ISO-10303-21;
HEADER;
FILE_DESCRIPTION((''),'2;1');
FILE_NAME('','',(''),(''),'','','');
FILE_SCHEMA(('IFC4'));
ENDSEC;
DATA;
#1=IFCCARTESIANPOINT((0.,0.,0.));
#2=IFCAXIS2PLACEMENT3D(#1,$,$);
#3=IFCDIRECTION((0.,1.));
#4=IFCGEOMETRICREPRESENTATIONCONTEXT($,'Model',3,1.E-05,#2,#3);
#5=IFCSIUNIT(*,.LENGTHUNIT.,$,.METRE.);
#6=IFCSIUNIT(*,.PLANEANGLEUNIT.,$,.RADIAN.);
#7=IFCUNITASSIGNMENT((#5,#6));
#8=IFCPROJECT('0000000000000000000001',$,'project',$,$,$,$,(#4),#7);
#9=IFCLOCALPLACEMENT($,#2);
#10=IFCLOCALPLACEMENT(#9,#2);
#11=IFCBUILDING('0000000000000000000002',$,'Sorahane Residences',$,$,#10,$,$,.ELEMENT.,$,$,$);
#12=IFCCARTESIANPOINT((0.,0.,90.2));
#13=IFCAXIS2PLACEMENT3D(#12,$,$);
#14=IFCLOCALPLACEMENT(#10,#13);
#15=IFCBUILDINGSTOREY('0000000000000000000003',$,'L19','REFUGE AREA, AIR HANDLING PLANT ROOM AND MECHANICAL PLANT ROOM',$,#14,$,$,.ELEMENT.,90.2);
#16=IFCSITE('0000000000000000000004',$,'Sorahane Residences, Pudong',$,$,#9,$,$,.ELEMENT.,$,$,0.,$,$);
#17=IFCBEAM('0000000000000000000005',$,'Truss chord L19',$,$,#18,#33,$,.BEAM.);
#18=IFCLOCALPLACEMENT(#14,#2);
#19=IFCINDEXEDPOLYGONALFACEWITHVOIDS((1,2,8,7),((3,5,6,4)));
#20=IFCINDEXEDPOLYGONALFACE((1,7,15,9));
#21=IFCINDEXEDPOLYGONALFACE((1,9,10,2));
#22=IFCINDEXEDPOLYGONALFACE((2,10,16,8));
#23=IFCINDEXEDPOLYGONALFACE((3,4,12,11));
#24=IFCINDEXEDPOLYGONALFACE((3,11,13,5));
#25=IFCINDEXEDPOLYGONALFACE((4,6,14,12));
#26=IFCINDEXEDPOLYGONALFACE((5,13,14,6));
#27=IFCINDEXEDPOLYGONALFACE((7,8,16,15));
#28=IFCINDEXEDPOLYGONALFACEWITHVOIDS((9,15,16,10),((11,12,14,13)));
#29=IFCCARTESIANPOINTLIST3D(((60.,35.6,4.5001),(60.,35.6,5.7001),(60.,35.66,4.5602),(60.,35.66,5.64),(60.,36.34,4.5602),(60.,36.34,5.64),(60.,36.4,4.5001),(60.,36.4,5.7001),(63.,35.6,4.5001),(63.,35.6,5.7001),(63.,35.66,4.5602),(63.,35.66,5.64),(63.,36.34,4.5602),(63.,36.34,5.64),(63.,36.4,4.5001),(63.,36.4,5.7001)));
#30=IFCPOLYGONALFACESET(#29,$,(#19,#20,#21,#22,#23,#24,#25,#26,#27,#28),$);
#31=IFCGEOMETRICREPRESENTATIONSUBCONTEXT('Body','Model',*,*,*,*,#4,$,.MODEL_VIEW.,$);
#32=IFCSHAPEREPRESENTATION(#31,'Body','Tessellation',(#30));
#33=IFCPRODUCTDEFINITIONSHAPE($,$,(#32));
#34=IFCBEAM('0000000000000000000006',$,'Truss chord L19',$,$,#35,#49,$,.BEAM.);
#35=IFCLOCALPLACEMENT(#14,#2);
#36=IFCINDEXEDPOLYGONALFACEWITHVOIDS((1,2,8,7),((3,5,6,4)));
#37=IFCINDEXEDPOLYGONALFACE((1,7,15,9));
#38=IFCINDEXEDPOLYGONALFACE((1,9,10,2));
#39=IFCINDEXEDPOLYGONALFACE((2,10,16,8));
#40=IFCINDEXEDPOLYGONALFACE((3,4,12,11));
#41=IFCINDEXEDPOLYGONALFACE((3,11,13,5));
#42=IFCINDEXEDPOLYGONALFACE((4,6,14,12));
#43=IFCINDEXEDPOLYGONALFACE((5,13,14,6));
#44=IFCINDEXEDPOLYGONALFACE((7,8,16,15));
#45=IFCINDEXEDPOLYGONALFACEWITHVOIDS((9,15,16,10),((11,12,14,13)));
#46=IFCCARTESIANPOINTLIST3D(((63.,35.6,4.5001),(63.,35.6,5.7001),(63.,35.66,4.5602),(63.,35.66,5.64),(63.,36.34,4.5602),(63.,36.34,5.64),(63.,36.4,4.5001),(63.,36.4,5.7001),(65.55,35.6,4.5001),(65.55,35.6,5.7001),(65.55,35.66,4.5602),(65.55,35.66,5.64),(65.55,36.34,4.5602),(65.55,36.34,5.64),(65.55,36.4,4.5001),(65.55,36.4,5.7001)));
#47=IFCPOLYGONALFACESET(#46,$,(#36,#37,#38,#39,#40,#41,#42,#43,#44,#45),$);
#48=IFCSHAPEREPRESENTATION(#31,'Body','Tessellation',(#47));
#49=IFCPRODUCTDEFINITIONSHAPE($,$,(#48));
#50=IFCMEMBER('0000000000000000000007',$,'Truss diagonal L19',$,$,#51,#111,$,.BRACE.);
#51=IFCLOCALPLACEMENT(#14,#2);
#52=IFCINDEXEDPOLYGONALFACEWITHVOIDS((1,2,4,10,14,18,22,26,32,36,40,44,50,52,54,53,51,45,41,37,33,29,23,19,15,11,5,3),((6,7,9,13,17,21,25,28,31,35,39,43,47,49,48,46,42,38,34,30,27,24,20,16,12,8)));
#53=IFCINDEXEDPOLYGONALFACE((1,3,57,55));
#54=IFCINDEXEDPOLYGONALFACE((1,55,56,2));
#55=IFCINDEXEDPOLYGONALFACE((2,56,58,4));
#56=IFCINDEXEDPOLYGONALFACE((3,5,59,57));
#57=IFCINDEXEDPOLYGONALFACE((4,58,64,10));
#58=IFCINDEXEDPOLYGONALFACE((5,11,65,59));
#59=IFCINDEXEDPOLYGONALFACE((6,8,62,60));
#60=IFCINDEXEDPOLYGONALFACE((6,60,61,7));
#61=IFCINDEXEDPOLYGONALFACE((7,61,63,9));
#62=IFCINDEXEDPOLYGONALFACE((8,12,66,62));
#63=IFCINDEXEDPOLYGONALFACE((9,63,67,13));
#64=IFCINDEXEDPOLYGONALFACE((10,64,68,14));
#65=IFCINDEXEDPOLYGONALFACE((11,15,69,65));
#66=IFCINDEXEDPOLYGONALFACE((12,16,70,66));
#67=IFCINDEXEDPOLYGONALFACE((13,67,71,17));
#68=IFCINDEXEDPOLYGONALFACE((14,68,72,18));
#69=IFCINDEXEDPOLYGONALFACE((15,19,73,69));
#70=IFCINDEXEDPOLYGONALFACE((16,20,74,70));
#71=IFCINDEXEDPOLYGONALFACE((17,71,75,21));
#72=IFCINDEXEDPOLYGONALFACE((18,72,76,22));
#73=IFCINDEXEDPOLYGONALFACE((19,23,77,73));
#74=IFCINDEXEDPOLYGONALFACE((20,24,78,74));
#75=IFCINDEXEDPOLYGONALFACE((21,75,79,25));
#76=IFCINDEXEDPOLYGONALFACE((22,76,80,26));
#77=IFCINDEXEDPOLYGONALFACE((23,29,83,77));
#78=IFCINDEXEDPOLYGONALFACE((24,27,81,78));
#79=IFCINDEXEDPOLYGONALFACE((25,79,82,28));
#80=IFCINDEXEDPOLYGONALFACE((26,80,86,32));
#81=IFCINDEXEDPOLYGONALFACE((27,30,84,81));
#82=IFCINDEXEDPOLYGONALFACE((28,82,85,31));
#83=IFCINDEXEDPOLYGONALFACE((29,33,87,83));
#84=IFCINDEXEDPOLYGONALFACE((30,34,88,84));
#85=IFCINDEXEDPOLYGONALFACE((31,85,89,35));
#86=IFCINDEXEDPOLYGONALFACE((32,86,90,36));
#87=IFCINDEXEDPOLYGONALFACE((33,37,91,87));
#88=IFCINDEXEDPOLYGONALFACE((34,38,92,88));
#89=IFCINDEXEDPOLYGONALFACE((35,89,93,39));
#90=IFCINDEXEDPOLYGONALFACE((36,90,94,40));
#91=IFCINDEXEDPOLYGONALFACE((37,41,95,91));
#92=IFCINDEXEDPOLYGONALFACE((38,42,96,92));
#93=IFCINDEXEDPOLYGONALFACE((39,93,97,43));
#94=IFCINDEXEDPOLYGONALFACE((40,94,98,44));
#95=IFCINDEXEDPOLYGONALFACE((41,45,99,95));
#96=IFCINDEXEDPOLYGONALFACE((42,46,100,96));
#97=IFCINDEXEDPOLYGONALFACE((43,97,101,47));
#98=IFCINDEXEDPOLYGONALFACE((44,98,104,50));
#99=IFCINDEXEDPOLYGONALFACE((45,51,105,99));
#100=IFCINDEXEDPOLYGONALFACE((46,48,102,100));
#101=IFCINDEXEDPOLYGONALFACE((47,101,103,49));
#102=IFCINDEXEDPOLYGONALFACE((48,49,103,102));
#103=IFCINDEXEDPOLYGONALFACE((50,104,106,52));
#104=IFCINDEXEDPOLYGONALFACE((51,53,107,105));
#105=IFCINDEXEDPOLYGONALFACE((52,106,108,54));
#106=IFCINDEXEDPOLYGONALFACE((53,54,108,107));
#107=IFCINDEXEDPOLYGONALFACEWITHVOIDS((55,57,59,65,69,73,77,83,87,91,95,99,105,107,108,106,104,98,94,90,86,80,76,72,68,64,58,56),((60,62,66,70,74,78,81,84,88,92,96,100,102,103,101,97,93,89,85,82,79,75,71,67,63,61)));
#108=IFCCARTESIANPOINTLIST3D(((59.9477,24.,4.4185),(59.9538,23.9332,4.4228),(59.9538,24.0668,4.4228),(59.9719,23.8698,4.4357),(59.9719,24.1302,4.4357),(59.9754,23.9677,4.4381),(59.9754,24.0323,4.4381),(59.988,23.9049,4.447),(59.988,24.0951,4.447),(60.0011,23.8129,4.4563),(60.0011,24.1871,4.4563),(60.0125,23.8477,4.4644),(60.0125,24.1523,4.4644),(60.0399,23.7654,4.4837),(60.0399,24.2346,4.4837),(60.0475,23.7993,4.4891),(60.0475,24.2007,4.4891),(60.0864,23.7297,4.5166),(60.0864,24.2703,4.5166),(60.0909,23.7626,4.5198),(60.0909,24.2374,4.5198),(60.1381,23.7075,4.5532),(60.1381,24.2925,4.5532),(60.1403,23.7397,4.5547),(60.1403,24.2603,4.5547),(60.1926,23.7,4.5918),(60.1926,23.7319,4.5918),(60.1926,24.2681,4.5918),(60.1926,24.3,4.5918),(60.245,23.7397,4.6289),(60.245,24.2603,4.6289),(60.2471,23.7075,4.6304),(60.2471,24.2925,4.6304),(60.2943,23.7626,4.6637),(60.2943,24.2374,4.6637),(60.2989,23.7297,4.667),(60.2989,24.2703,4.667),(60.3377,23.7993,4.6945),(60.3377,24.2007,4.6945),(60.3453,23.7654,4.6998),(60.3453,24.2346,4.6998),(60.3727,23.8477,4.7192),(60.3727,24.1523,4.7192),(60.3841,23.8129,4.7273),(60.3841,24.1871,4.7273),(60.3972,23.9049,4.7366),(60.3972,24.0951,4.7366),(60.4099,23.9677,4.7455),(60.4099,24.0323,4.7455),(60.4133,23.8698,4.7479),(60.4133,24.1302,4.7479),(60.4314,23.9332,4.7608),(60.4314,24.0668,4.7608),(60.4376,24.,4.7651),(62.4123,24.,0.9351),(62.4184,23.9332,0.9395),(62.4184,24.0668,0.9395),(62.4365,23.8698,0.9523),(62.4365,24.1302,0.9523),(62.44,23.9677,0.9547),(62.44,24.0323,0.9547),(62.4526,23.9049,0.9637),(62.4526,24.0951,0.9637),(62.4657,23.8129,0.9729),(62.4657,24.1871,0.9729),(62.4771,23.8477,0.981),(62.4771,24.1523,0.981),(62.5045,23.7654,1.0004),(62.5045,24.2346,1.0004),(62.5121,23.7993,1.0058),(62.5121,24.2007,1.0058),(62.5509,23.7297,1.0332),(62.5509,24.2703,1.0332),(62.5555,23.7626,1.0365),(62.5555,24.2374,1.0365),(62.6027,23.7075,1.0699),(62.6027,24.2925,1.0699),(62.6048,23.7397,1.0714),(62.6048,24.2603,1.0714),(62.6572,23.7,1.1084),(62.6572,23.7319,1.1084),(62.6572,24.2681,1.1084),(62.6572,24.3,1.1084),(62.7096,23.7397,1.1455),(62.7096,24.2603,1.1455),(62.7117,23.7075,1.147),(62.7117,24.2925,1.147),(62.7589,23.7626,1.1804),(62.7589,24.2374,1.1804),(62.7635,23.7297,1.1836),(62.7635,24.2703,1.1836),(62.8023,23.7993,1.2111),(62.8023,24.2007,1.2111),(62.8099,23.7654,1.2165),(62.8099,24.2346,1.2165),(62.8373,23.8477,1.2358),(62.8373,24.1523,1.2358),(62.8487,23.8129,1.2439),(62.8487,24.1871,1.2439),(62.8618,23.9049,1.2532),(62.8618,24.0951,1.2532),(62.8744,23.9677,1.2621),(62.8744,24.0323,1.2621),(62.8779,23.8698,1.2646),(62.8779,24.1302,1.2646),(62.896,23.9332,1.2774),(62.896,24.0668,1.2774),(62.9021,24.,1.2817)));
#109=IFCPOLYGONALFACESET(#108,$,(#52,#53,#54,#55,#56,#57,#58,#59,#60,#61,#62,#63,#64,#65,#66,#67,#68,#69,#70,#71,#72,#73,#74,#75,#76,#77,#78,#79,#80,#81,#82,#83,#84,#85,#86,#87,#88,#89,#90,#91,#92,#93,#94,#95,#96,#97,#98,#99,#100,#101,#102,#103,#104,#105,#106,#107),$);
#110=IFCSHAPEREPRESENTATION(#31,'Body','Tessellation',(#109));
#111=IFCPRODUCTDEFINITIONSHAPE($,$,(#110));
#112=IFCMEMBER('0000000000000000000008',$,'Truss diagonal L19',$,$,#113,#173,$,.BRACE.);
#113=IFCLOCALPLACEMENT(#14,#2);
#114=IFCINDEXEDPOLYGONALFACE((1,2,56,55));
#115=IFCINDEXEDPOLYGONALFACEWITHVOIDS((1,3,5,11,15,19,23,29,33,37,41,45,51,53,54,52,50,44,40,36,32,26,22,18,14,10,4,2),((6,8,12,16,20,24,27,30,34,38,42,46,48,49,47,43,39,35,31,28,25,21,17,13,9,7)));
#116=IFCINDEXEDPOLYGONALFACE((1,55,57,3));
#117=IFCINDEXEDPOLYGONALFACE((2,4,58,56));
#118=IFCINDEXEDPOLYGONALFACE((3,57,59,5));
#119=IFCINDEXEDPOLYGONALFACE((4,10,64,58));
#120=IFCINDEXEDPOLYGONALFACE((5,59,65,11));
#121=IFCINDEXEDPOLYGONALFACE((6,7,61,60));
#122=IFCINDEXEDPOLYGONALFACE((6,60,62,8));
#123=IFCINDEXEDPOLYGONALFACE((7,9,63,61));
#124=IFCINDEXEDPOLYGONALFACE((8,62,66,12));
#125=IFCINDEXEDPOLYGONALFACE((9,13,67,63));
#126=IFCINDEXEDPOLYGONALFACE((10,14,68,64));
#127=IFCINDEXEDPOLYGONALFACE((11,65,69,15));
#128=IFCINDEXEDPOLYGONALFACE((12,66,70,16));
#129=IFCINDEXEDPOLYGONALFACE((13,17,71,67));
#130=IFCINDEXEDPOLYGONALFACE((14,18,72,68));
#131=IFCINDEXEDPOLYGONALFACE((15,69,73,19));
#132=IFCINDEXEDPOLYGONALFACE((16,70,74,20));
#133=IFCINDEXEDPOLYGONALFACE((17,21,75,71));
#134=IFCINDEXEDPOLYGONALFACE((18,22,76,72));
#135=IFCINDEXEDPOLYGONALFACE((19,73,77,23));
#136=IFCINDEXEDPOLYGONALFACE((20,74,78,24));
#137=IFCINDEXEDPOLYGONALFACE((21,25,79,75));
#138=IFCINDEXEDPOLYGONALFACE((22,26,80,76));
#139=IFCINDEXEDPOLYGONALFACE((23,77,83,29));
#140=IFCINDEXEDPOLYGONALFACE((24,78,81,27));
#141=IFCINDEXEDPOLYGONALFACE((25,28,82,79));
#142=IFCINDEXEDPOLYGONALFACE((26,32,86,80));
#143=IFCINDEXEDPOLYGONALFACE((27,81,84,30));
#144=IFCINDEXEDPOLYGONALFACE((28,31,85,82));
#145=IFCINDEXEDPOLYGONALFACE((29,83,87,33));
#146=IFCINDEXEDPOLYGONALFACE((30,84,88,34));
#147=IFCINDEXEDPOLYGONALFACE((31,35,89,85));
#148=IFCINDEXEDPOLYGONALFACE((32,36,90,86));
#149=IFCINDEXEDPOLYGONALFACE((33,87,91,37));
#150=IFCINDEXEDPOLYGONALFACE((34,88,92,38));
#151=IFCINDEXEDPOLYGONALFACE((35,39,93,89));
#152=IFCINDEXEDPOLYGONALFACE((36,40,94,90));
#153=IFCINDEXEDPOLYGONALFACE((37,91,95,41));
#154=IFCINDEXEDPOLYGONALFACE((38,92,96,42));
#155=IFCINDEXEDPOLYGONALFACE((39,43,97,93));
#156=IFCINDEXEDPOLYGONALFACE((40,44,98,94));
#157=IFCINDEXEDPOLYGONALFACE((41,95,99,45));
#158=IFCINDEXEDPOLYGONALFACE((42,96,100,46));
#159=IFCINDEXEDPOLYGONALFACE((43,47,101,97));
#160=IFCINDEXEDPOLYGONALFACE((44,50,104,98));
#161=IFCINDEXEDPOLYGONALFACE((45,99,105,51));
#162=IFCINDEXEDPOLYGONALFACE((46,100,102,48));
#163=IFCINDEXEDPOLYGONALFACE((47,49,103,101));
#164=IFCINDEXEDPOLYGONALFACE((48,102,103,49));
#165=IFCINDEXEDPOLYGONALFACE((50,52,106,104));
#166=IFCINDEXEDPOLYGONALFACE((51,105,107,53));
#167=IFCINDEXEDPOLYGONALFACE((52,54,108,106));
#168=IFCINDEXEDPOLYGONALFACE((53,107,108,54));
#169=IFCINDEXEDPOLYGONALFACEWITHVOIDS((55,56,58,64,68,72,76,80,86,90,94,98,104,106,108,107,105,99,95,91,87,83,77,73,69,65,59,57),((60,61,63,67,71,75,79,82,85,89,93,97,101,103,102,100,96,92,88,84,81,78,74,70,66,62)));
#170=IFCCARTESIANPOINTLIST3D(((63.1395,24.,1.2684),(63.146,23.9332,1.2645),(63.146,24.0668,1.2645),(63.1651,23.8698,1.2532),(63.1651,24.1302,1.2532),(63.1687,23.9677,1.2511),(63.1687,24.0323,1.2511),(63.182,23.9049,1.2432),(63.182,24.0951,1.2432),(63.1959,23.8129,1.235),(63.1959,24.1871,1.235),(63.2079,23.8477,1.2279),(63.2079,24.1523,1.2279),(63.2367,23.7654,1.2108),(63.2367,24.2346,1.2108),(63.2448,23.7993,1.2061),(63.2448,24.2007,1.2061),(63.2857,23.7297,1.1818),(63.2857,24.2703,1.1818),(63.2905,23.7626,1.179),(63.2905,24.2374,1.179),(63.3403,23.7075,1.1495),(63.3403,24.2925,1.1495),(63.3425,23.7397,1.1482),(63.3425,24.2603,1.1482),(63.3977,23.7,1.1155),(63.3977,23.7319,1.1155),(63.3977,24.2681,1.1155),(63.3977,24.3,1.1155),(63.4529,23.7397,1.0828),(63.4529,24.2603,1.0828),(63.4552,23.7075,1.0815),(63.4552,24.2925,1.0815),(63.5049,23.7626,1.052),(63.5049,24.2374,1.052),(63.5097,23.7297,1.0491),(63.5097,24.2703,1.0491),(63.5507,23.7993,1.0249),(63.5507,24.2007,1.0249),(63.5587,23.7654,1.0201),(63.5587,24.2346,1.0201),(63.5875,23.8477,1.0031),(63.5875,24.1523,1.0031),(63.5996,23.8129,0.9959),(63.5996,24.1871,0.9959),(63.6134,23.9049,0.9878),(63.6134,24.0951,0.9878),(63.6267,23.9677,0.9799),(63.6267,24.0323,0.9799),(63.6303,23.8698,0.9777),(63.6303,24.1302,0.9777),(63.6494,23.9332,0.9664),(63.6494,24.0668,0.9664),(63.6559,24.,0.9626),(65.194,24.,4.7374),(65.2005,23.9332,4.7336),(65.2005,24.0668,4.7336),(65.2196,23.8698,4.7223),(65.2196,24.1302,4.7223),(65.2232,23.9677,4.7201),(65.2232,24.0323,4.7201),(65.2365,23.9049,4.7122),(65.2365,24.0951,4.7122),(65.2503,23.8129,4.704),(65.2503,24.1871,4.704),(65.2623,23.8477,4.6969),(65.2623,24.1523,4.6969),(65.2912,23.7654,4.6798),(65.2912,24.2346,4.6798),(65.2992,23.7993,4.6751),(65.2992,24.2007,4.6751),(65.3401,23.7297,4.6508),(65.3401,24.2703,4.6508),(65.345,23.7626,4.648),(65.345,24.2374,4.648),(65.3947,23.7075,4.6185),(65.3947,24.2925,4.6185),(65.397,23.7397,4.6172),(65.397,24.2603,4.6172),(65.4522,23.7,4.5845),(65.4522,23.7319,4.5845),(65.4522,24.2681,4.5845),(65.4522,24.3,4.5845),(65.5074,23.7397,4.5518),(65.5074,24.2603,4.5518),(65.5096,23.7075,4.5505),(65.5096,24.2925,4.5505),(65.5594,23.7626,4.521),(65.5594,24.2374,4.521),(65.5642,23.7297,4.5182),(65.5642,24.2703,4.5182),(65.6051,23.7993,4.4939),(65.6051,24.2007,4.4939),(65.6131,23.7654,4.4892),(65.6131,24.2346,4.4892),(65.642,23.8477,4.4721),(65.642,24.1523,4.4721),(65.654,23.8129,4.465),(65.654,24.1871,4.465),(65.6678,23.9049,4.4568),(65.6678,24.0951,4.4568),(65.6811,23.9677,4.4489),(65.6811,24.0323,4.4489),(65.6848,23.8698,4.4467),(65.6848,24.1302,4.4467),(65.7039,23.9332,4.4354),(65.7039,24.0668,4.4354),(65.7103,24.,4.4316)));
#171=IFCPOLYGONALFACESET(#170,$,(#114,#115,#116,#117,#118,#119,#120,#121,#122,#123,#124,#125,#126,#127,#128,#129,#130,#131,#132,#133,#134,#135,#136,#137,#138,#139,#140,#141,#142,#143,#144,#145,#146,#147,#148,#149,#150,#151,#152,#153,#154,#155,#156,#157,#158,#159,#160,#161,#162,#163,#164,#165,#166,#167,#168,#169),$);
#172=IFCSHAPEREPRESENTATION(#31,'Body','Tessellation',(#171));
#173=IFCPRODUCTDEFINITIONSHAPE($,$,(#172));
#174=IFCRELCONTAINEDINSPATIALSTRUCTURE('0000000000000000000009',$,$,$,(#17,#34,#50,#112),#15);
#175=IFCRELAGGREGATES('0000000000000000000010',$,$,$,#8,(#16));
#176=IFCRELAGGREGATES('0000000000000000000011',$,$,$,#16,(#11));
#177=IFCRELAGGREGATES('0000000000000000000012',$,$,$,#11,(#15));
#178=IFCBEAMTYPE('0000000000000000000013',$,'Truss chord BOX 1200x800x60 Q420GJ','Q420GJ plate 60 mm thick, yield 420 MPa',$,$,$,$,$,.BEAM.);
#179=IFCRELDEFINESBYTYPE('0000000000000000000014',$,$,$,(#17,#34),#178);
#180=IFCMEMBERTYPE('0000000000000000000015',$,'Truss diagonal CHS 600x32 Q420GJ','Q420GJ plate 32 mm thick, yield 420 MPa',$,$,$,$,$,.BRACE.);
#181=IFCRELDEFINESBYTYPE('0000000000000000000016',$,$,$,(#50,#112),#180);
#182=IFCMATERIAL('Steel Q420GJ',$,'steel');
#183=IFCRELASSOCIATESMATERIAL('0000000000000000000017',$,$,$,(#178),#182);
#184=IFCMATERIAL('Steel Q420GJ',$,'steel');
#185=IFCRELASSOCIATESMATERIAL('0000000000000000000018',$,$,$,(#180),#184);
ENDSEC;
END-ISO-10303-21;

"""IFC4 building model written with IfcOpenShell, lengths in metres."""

from ifc_helpers import new_model, si_unit, direction, frame, origin, origin_2d, place, context, subcontext, project, spatial, hollow_rectangle, hollow_circle, extrude, material, material_profile, profile_set, type_object, element, save


model = new_model("IFC4")

# Units and contexts
model_context = context("Model", 3, precision=1e-05, world=origin(), true_north=direction((0.0, 1.0)))
body_context = subcontext(model_context, "Body", "Model", "MODEL_VIEW")
ifc_project = project(units=[si_unit("LENGTHUNIT", "METRE"), si_unit("PLANEANGLEUNIT", "RADIAN")], contexts=[model_context])

# Site, building, storey
site_placement = place(None, origin())
site = spatial("IfcSite", under=ifc_project, at=site_placement, Name="Sorahane Residences, Pudong", CompositionType="ELEMENT", RefElevation=0.0)
building_placement = place(site_placement, origin())
building = spatial("IfcBuilding", under=site, at=building_placement, Name="Sorahane Residences", CompositionType="ELEMENT")
storey_placement = place(building_placement, frame((0.0, 0.0, 90.2)))
storey = spatial("IfcBuildingStorey", under=building, at=storey_placement, Name="L19", Description="REFUGE AREA, AIR HANDLING PLANT ROOM AND MECHANICAL PLANT ROOM", CompositionType="ELEMENT", Elevation=90.2)

# Beams
ifc_material_1 = material(Name="Steel Q420GJ", Category="steel")
ifc_material_profile_1 = material_profile(ifc_material_1, hollow_rectangle(XDim=0.8, YDim=1.2, WallThickness=0.0601, at=origin_2d()), Name="BOX 1200x800x60")
ifc_profile_set_1 = profile_set([ifc_material_profile_1], Name="Steel Q420GJ")
beam_type_1 = type_object("IfcBeamType", Name="Truss chord BOX 1200x800x60 Q420GJ", Description="Q420GJ plate 60 mm thick, yield 420 MPa", PredefinedType="BEAM", material=ifc_profile_set_1)
beam_1_placement = place(storey_placement, frame((60.0, 36.0, 5.1001), z_axis=(1.0, 0.0, 0.0), x_axis=(0.0, 1.0, 0.0)))
element("IfcBeam", 1, at=beam_1_placement, inside=storey, type_object=beam_type_1, Name="Truss chord L19", PredefinedType="BEAM", context=body_context, shape_type="SweptSolid", body=[
    extrude(hollow_rectangle(XDim=0.8, YDim=1.2, WallThickness=0.0601, at=origin_2d()), origin(), (0.0, 0.0, 1.0), 3.0),
])
beam_2_placement = place(storey_placement, frame((63.0, 36.0, 5.1001), z_axis=(1.0, 0.0, 0.0), x_axis=(0.0, 1.0, 0.0)))
element("IfcBeam", 2, at=beam_2_placement, inside=storey, type_object=beam_type_1, Name="Truss chord L19", PredefinedType="BEAM", context=body_context, shape_type="SweptSolid", body=[
    extrude(hollow_rectangle(XDim=0.8, YDim=1.2, WallThickness=0.0601, at=origin_2d()), origin(), (0.0, 0.0, 1.0), 2.55),
])

# Members
ifc_material_2 = material(Name="Steel Q420GJ", Category="steel")
ifc_material_profile_2 = material_profile(ifc_material_2, hollow_circle(Radius=0.3, WallThickness=0.032, at=origin_2d()), Name="CHS 600x32")
ifc_profile_set_2 = profile_set([ifc_material_profile_2], Name="Steel Q420GJ")
member_type = type_object("IfcMemberType", Name="Truss diagonal CHS 600x32 Q420GJ", Description="Q420GJ plate 32 mm thick, yield 420 MPa", PredefinedType="BRACE", material=ifc_profile_set_2)
member_1_placement = place(storey_placement, frame((60.1926, 24.0, 4.5918), z_axis=(0.577579, 0.0, -0.816335), x_axis=(0.0, 1.0, 0.0)))
element("IfcMember", 3, at=member_1_placement, inside=storey, type_object=member_type, Name="Truss diagonal L19", PredefinedType="BRACE", context=body_context, shape_type="SweptSolid", body=[
    extrude(hollow_circle(Radius=0.3, WallThickness=0.032, at=origin_2d()), origin(), (0.0, 0.0, 1.0), 4.2671),
])
member_2_placement = place(storey_placement, frame((63.3977, 24.0, 1.1155), z_axis=(0.509572, 0.0, 0.860428), x_axis=(0.0, 1.0, 0.0)))
element("IfcMember", 4, at=member_2_placement, inside=storey, type_object=member_type, Name="Truss diagonal L19", PredefinedType="BRACE", context=body_context, shape_type="SweptSolid", body=[
    extrude(hollow_circle(Radius=0.3, WallThickness=0.032, at=origin_2d()), origin(), (0.0, 0.0, 1.0), 4.0317),
])

save(model, "model.ifc")
